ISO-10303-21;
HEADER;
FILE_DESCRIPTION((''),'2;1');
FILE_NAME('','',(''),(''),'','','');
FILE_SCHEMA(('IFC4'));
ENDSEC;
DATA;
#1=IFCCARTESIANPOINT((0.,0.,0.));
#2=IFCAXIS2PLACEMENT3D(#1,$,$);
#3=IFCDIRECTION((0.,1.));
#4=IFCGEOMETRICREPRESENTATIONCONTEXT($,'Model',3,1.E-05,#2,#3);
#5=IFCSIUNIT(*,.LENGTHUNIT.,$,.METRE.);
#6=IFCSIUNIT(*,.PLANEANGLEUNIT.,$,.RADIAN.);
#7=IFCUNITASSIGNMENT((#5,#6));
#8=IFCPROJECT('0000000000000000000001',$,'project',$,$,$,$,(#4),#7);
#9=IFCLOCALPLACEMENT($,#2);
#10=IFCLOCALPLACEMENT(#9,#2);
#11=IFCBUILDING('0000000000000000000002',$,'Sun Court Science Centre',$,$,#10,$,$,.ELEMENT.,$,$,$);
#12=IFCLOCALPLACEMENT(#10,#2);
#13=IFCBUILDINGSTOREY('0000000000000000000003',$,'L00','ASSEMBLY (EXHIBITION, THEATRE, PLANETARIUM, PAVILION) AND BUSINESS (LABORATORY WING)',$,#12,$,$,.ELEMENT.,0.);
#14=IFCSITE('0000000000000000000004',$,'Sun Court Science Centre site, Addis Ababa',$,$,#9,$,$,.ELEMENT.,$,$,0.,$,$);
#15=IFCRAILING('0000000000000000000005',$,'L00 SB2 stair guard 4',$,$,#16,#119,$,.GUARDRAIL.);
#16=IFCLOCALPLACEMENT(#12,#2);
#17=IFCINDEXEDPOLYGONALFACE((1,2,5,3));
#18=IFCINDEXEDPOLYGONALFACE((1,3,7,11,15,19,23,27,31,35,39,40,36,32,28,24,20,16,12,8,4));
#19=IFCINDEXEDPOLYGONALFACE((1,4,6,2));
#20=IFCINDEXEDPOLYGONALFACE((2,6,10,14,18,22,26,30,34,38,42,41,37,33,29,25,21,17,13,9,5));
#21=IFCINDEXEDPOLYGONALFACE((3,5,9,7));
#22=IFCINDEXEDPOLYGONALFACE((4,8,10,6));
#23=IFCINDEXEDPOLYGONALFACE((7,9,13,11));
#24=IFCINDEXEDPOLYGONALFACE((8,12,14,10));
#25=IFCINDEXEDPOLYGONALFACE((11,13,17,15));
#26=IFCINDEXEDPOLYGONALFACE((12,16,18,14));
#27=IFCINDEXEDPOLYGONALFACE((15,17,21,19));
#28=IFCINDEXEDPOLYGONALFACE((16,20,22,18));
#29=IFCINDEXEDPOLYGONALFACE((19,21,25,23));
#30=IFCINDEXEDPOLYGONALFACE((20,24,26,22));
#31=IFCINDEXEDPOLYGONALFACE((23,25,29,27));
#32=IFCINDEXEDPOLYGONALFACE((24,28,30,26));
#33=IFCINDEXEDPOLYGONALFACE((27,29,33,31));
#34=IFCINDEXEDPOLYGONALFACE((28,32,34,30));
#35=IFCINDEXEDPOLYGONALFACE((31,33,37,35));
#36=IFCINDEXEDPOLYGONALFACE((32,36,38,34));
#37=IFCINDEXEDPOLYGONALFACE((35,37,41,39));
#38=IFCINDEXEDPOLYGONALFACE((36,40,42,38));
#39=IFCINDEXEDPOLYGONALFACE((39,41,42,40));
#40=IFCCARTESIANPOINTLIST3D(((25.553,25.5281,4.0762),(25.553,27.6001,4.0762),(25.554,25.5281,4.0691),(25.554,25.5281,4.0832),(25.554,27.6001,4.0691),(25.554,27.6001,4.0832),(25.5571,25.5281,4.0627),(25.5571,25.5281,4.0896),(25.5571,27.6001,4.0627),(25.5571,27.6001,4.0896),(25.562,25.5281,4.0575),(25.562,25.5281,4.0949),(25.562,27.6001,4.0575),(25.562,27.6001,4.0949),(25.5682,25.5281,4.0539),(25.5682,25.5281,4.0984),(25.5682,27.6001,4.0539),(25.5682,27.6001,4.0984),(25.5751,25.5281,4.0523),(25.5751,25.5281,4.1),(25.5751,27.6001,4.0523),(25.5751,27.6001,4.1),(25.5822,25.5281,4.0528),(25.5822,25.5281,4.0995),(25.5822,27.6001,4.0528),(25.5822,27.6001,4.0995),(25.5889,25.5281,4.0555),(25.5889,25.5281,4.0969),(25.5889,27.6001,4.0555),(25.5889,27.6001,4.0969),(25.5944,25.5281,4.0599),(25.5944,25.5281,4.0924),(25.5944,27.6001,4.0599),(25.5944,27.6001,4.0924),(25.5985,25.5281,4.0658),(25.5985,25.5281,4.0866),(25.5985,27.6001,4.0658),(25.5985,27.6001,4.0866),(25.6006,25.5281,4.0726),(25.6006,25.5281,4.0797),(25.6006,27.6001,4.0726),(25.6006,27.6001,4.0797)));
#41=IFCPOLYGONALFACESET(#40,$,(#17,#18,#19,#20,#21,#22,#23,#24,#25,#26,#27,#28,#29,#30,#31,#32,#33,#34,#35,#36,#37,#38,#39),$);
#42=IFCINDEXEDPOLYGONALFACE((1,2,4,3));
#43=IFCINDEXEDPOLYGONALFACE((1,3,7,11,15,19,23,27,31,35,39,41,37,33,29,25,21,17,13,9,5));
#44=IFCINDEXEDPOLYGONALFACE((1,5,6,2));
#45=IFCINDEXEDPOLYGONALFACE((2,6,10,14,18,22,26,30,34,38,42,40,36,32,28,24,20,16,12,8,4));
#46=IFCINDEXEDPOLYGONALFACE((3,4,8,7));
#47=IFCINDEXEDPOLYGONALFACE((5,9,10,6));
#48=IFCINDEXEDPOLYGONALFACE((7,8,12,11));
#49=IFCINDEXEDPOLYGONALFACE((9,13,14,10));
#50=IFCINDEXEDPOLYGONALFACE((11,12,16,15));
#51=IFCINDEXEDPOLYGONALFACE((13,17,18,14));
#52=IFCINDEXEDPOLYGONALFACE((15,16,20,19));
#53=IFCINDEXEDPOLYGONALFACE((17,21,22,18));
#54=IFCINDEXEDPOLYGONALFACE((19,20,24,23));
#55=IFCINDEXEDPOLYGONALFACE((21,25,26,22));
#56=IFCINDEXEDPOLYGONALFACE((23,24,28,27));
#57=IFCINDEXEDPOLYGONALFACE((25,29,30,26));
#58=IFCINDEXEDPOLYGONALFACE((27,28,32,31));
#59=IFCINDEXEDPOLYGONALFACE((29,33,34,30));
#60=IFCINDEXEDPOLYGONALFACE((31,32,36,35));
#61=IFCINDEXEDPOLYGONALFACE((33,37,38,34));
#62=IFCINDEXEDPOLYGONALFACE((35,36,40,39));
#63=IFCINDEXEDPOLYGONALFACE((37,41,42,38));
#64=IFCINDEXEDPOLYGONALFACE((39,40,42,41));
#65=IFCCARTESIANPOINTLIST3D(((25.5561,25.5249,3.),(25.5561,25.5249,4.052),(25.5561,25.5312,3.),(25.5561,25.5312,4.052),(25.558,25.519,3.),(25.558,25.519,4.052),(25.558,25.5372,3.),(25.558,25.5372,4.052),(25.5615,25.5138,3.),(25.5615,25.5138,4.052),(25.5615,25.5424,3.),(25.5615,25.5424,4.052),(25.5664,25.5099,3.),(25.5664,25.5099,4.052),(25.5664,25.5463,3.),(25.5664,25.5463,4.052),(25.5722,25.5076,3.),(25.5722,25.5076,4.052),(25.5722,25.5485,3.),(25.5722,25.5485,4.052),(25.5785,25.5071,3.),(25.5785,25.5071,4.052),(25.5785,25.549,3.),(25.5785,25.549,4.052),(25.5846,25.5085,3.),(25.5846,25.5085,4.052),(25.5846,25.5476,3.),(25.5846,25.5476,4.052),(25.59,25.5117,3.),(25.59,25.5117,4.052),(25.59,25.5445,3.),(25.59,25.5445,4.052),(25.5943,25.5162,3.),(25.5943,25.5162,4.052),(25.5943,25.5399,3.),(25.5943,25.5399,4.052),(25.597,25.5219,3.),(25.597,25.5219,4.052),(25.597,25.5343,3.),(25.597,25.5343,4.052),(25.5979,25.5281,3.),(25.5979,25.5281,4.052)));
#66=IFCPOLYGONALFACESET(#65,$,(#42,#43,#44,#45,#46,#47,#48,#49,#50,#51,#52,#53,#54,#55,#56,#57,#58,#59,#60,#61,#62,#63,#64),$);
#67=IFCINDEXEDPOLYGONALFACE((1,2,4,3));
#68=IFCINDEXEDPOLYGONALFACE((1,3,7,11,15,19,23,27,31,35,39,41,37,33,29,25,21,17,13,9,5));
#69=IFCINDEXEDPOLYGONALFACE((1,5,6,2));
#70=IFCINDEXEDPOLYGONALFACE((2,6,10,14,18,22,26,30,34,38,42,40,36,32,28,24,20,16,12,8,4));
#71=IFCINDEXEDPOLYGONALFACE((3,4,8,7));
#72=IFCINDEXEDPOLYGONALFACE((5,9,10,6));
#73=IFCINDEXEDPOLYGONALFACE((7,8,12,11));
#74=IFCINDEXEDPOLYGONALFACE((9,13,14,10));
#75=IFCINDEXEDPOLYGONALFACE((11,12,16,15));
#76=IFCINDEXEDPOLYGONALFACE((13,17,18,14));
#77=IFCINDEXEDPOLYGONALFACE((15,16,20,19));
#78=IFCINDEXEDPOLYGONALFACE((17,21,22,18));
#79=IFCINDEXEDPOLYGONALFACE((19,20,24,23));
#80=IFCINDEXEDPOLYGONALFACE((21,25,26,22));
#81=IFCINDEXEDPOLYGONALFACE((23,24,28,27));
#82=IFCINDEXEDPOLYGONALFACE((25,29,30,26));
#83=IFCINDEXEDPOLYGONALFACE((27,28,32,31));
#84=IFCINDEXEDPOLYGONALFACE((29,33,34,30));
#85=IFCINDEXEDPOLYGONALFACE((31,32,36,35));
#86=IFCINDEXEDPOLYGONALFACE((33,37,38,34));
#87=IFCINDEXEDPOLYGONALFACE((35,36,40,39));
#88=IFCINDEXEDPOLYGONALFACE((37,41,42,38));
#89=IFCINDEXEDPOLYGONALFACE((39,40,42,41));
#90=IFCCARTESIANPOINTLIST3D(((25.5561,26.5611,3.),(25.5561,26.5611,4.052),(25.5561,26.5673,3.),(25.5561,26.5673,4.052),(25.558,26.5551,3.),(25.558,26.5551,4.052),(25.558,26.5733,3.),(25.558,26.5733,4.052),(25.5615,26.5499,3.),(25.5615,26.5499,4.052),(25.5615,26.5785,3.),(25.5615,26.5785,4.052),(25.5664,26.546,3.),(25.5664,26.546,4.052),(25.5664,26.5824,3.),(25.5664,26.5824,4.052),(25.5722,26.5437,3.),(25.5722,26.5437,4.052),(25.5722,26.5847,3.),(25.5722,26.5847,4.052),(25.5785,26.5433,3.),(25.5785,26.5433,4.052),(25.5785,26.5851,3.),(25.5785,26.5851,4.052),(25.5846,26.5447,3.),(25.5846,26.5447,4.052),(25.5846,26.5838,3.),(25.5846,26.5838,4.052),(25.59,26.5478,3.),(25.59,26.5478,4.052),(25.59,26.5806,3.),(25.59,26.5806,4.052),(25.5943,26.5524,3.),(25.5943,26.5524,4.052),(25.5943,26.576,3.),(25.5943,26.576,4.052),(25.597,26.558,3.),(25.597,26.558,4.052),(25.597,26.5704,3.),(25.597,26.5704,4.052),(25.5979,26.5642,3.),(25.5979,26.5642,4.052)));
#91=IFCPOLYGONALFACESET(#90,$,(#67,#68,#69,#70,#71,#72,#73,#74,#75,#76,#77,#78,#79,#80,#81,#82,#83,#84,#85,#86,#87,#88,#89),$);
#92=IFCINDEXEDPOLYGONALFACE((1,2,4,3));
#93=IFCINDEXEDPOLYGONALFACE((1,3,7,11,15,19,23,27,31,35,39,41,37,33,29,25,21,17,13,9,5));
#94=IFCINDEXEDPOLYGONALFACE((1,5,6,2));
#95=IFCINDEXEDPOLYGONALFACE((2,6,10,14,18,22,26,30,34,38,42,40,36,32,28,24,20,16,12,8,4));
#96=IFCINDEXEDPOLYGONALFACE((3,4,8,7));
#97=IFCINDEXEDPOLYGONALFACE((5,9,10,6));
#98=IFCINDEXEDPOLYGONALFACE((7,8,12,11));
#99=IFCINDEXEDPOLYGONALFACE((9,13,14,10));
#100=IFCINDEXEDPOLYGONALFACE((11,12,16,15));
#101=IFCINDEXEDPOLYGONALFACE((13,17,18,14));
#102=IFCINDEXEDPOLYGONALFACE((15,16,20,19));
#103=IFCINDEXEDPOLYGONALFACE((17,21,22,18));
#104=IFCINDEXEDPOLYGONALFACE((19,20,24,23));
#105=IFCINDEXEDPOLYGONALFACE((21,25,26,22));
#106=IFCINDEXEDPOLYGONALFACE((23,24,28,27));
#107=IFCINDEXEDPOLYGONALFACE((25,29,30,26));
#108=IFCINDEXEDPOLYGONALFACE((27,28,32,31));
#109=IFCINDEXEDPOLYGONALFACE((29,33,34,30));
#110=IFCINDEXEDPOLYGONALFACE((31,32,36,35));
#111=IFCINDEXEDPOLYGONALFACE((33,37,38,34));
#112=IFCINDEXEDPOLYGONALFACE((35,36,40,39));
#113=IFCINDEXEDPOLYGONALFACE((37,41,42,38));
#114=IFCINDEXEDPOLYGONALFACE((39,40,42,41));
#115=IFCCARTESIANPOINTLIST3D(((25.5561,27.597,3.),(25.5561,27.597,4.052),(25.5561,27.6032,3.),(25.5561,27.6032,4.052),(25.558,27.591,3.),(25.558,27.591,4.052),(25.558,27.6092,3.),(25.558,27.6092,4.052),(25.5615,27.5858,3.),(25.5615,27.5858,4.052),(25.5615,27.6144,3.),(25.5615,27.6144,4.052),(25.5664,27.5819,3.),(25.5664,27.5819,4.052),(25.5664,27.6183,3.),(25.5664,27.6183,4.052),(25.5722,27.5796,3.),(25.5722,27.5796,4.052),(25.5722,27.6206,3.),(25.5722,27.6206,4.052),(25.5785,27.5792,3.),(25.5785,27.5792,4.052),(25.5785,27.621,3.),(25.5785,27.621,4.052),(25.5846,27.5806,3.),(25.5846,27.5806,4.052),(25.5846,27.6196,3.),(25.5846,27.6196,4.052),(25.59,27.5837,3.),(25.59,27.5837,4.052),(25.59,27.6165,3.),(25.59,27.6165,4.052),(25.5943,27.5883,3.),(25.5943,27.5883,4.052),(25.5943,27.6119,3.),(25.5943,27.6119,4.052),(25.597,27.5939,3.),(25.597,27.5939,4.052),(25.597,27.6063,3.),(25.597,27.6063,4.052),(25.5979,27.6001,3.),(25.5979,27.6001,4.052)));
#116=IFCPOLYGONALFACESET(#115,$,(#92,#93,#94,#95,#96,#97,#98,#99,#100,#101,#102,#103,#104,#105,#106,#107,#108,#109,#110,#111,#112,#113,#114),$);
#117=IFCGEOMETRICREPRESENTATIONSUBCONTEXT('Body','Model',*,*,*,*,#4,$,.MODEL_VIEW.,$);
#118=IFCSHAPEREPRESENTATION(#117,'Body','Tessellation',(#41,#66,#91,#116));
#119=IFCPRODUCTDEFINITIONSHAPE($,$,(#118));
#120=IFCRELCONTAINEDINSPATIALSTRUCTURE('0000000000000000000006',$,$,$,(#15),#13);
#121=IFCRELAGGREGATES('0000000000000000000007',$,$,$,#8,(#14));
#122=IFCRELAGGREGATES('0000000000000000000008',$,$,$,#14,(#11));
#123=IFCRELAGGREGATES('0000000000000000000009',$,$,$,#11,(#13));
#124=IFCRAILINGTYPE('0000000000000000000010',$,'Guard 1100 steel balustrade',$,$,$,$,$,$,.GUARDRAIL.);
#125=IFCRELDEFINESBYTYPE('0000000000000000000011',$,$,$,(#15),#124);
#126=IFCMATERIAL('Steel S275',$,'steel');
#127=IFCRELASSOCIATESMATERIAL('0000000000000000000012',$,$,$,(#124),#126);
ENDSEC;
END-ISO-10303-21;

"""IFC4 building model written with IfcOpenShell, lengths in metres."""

from ifc_helpers import new_model, si_unit, direction, frame, origin, origin_2d, place, context, subcontext, project, spatial, circle, extrude, material, type_object, element, save


model = new_model("IFC4")

# Units and contexts
model_context = context("Model", 3, precision=1e-05, world=origin(), true_north=direction((0.0, 1.0)))
body_context = subcontext(model_context, "Body", "Model", "MODEL_VIEW")
ifc_project = project(units=[si_unit("LENGTHUNIT", "METRE"), si_unit("PLANEANGLEUNIT", "RADIAN")], contexts=[model_context])

# Site, building, storey
site_placement = place(None, origin())
site = spatial("IfcSite", under=ifc_project, at=site_placement, Name="Sun Court Science Centre site, Addis Ababa", CompositionType="ELEMENT", RefElevation=0.0)
building_placement = place(site_placement, origin())
building = spatial("IfcBuilding", under=site, at=building_placement, Name="Sun Court Science Centre", CompositionType="ELEMENT")
storey_placement = place(building_placement, origin())
storey = spatial("IfcBuildingStorey", under=building, at=storey_placement, Name="L00", Description="ASSEMBLY (EXHIBITION, THEATRE, PLANETARIUM, PAVILION) AND BUSINESS (LABORATORY WING)", CompositionType="ELEMENT", Elevation=0.0)

# Railing
ifc_material_1 = material(Name="Steel S275", Category="steel")
railing_type_1 = type_object("IfcRailingType", Name="Guard 1100 steel balustrade", PredefinedType="GUARDRAIL", material=ifc_material_1)
for number, where, name in (
    (1, (25.5769, 25.5281, 3.0), "L00 SB2 stair guard 4"),
):
    element("IfcRailing", number, at=place(storey_placement, frame(where)), inside=storey, type_object=railing_type_1, Name=name, PredefinedType="GUARDRAIL", context=body_context, shape_type="SweptSolid", body=[
        extrude(circle(Radius=0.0239, at=origin_2d()), frame((0.0, 0.0, 1.0762), z_axis=(0.0, 1.0, 0.0), x_axis=(-1.0, 0.0, 0.0)), (0.0, 0.0, 1.0), 2.072),
        extrude(circle(Radius=0.021, at=origin_2d()), origin(), (0.0, 0.0, 1.0), 1.052),
        extrude(circle(Radius=0.021, at=origin_2d()), frame((0.0, 1.0361, 0.0)), (0.0, 0.0, 1.0), 1.052),
        extrude(circle(Radius=0.021, at=origin_2d()), frame((0.0, 2.072, 0.0)), (0.0, 0.0, 1.0), 1.052),
    ])

save(model, "model.ifc")
